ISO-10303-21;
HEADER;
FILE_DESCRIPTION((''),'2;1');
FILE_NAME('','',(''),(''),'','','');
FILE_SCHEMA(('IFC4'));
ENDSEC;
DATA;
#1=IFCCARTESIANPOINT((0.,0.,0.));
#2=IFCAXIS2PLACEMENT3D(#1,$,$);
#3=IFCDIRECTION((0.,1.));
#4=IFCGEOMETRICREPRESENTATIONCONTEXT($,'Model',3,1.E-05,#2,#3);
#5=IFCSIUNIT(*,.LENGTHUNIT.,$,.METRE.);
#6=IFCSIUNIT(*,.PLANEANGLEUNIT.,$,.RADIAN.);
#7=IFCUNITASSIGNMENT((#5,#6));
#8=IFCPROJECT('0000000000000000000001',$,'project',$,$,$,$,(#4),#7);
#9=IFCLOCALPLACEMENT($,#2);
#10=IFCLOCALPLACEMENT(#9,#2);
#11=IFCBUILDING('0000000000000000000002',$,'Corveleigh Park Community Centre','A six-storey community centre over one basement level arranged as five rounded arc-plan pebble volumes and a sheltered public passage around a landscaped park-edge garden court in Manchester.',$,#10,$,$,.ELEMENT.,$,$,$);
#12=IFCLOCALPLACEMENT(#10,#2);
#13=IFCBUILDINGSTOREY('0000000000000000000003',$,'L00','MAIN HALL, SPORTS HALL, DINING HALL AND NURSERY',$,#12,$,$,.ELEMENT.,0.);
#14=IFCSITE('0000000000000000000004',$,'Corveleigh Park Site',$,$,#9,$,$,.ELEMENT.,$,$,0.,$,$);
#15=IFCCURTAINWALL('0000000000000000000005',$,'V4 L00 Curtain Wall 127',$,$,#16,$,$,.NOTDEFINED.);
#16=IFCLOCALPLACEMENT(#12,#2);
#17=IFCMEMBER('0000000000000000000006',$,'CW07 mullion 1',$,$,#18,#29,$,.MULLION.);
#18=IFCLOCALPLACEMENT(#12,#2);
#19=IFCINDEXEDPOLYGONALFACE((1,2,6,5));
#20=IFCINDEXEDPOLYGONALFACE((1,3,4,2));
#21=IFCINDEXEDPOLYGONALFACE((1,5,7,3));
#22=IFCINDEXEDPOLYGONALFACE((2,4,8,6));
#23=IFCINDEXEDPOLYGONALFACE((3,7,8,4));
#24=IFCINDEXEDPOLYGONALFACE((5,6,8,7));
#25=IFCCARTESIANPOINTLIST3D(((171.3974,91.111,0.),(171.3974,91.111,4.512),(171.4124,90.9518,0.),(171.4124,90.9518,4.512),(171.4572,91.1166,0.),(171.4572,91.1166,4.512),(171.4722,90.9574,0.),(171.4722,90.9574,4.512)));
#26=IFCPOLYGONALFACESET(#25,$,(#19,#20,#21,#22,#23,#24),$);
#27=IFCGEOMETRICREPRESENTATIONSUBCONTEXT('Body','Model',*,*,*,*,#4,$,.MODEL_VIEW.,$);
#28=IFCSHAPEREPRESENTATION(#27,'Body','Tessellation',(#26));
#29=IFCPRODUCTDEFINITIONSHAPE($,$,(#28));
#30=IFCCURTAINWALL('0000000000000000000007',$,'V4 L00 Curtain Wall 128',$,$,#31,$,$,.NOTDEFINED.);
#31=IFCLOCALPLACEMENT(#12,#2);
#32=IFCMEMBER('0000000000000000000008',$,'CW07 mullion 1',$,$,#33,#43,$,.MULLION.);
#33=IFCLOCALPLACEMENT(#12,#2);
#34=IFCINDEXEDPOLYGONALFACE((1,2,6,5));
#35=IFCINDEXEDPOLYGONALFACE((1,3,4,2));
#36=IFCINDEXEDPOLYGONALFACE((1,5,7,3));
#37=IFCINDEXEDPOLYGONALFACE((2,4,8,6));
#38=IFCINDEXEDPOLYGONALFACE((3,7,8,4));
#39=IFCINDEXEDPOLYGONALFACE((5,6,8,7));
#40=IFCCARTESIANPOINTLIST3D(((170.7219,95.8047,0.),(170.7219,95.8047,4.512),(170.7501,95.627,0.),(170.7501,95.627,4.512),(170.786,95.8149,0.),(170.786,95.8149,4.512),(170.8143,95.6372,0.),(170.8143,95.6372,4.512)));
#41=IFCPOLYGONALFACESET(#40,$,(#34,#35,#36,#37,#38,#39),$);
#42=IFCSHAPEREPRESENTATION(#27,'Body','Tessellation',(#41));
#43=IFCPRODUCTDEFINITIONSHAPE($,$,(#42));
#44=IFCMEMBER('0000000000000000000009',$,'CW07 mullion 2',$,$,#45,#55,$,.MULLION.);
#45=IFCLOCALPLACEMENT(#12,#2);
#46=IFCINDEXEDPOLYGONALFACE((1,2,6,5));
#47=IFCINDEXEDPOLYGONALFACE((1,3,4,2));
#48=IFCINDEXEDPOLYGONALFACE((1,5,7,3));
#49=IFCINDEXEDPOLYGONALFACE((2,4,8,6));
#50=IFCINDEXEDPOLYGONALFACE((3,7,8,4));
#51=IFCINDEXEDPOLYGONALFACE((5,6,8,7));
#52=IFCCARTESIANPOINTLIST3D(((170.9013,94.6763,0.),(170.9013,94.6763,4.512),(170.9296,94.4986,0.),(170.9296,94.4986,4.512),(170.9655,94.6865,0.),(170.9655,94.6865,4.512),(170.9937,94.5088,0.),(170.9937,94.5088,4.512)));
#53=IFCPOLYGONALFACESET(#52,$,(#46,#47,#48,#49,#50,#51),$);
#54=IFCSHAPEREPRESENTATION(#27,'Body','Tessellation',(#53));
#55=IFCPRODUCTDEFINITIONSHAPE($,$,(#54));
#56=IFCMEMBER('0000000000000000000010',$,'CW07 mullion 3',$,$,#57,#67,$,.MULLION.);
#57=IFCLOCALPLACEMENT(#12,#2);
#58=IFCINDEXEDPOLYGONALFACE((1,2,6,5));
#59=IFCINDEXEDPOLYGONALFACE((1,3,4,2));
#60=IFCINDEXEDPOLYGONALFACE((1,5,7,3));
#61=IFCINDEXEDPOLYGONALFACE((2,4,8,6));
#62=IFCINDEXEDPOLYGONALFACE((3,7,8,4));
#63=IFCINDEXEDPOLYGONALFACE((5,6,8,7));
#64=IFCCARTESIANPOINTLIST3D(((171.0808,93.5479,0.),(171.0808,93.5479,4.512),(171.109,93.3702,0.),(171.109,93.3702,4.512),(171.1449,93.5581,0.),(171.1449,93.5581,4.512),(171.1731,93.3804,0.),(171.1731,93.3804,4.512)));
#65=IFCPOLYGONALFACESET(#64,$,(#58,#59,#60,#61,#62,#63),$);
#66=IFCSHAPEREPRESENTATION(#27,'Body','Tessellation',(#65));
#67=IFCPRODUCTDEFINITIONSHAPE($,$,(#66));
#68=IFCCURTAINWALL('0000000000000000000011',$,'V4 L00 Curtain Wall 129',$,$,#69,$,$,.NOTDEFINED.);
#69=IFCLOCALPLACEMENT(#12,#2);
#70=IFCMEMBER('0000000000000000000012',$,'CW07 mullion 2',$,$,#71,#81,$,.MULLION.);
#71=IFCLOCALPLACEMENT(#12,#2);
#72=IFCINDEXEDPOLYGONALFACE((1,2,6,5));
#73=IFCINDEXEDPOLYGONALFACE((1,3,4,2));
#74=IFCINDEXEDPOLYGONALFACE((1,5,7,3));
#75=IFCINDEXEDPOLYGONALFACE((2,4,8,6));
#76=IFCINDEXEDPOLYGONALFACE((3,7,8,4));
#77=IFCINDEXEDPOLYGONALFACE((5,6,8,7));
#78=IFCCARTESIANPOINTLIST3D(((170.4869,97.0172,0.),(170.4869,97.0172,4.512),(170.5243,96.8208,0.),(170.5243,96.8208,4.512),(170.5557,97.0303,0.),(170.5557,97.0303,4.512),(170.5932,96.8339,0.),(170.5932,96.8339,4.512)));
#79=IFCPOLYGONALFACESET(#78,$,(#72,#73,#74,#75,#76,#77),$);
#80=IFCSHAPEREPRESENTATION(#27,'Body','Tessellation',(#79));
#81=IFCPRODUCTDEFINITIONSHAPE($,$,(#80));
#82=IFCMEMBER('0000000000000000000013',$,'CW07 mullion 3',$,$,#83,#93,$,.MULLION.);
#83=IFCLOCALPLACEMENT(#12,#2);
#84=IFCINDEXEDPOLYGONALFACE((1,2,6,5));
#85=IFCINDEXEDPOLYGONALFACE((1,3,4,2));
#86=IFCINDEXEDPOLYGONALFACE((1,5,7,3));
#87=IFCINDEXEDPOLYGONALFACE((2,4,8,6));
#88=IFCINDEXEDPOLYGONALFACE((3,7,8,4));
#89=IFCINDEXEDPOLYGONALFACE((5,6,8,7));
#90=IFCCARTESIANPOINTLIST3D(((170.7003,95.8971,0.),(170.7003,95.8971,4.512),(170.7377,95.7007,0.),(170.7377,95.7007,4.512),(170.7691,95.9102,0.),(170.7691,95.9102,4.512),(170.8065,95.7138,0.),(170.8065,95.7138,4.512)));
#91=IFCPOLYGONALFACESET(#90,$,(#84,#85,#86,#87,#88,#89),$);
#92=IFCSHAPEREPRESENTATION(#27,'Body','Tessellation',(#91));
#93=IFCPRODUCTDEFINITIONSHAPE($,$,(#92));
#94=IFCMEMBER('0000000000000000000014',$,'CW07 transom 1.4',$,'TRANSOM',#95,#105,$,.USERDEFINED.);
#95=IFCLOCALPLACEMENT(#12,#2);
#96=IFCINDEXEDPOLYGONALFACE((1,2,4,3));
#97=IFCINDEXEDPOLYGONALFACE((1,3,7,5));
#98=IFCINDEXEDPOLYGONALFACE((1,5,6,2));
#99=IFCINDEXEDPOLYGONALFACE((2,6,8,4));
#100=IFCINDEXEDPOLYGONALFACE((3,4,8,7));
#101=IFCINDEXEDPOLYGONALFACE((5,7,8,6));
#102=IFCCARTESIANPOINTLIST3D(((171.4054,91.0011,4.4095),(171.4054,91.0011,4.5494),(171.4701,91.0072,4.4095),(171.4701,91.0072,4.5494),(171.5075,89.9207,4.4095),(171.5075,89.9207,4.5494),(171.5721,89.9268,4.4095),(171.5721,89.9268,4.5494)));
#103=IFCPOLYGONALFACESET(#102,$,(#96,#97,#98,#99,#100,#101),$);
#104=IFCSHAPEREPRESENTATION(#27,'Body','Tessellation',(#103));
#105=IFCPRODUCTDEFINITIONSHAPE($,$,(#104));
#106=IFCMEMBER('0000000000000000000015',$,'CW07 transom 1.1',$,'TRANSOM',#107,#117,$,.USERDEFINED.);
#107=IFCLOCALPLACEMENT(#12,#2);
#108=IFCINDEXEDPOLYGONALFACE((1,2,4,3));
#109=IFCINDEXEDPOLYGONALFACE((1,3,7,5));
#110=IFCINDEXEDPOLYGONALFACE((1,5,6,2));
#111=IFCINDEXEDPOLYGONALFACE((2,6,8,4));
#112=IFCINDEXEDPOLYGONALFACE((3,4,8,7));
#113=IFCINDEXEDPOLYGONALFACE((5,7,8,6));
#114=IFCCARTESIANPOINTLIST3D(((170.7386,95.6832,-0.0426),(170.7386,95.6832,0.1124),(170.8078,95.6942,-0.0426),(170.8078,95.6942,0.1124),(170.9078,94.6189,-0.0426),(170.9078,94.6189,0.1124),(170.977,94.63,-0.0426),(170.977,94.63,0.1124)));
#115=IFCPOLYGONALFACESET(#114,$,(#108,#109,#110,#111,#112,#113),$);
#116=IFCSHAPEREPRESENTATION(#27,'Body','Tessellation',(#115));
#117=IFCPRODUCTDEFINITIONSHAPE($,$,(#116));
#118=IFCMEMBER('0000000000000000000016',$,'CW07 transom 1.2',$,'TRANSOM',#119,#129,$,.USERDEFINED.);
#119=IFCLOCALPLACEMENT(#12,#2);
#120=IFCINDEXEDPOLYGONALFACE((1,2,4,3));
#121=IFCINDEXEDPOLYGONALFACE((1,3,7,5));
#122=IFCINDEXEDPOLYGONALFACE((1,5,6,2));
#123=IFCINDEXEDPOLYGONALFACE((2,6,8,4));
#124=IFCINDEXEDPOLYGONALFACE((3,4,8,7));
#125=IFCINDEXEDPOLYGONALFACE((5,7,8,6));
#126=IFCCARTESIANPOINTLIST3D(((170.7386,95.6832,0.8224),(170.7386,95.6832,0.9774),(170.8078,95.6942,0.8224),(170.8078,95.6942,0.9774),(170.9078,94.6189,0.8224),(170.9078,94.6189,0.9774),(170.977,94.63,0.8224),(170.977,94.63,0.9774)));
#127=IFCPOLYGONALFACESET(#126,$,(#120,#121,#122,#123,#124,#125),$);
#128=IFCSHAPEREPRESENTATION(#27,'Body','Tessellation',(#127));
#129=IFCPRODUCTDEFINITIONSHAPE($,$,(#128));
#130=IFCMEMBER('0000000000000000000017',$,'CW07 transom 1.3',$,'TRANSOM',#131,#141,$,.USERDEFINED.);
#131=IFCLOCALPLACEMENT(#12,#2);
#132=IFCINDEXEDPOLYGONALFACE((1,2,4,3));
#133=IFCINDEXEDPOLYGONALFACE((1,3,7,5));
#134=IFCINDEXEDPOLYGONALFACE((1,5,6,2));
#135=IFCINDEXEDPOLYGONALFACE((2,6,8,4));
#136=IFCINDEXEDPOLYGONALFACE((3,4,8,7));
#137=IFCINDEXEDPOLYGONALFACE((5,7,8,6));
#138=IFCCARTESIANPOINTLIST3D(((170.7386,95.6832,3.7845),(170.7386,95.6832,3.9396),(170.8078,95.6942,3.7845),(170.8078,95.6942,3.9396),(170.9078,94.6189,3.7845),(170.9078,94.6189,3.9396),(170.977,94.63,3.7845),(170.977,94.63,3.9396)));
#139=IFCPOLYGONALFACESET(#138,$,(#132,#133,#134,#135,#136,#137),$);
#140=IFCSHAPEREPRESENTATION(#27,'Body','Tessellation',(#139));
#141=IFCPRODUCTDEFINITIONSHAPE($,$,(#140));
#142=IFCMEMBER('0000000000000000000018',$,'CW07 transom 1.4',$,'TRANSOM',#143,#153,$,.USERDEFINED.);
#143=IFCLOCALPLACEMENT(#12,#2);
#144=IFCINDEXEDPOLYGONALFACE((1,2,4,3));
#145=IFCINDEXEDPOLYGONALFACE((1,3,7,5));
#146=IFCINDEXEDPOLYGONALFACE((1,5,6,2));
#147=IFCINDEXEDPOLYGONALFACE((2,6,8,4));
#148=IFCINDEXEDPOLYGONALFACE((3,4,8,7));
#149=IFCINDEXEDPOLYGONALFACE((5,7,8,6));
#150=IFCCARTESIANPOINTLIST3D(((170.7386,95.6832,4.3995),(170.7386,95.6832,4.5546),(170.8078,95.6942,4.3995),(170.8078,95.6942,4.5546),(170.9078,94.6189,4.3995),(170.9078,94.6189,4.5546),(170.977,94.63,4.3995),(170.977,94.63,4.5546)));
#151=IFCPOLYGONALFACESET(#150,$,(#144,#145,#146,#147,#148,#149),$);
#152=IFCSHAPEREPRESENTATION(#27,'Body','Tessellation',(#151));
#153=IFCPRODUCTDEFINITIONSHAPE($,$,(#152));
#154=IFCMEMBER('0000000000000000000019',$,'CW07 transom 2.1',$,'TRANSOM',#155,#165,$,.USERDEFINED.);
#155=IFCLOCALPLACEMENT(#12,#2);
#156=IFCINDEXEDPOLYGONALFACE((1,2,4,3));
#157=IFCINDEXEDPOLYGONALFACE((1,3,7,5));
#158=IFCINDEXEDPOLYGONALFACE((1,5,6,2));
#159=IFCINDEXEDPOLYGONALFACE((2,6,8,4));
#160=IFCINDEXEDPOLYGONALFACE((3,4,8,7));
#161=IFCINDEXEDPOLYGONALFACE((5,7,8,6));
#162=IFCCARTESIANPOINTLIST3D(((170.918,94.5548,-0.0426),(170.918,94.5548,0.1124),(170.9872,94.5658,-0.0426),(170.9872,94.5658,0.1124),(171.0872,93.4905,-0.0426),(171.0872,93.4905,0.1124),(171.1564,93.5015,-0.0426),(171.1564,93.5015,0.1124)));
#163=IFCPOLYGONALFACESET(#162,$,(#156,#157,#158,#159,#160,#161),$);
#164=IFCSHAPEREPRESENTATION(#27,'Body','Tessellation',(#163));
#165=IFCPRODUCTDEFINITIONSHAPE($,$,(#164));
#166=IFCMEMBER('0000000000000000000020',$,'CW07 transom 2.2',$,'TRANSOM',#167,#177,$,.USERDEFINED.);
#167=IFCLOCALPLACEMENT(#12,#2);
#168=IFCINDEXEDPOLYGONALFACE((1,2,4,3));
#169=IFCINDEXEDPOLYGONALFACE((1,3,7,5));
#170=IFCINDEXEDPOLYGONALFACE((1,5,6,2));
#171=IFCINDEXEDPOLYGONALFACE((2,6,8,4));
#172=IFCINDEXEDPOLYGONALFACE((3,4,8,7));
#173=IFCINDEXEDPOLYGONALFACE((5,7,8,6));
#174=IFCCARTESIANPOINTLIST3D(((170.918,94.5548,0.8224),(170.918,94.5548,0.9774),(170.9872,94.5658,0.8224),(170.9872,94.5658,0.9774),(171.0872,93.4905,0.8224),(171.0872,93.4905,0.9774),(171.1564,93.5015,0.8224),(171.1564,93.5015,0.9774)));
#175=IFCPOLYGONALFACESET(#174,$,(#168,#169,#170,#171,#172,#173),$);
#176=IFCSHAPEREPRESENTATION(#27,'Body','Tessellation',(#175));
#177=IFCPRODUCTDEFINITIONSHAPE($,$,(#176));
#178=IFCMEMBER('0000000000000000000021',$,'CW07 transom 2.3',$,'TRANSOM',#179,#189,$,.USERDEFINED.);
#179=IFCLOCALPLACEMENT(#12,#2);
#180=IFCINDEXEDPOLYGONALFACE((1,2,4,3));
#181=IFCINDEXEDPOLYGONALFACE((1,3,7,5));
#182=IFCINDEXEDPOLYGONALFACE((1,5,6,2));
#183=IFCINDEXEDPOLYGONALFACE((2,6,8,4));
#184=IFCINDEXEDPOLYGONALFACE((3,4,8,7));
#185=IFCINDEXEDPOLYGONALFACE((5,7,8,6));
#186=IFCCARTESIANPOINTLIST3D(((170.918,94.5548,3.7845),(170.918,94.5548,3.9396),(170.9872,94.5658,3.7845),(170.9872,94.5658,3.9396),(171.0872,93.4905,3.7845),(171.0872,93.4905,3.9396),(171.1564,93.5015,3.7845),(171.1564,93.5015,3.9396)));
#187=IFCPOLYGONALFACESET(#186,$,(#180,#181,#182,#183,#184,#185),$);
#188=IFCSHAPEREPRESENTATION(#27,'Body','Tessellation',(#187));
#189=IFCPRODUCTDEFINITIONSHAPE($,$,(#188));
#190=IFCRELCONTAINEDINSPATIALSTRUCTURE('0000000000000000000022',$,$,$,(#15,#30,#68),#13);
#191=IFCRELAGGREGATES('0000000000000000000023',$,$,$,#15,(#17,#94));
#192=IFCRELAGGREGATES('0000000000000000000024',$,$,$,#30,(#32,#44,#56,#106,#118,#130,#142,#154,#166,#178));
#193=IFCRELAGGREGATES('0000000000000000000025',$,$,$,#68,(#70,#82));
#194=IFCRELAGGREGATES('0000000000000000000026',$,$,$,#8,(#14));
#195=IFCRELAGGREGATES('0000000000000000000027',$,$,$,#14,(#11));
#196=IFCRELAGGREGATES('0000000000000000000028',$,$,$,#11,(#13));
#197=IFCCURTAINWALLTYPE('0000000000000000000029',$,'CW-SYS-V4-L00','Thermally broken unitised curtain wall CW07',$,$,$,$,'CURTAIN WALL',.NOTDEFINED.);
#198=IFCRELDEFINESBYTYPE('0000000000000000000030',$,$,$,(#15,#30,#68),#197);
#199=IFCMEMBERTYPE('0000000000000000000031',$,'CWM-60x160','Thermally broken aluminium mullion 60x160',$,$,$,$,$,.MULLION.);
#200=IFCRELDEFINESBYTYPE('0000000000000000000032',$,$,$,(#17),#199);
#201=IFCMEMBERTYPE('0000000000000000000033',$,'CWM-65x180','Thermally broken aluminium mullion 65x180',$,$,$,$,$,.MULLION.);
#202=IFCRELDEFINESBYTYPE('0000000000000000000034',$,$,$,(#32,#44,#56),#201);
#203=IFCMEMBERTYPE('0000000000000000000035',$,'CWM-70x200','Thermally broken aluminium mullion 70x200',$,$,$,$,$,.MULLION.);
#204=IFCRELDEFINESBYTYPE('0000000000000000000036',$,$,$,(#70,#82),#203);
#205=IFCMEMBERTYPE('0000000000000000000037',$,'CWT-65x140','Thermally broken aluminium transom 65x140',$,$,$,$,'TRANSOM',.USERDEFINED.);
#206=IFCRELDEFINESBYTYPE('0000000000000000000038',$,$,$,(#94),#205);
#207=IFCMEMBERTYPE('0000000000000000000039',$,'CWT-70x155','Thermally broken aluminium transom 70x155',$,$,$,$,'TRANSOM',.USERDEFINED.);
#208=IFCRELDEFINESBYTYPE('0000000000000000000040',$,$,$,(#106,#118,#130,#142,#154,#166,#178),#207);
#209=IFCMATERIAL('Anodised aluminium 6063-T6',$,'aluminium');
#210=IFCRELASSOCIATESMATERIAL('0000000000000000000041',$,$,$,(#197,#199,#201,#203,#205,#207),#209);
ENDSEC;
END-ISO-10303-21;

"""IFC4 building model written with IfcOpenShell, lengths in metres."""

from ifc_helpers import new_model, si_unit, direction, frame, origin, origin_2d, place, context, subcontext, project, spatial, rectangle, extrude, material, material_profile, profile_set, type_object, element, aggregate, save


model = new_model("IFC4")

# Units and contexts
model_context = context("Model", 3, precision=1e-05, world=origin(), true_north=direction((0.0, 1.0)))
body_context = subcontext(model_context, "Body", "Model", "MODEL_VIEW")
ifc_project = project(units=[si_unit("LENGTHUNIT", "METRE"), si_unit("PLANEANGLEUNIT", "RADIAN")], contexts=[model_context])

# Site, building, storey
site_placement = place(None, origin())
site = spatial("IfcSite", under=ifc_project, at=site_placement, Name="Corveleigh Park Site", CompositionType="ELEMENT", RefElevation=0.0)
building_placement = place(site_placement, origin())
building = spatial("IfcBuilding", under=site, at=building_placement, Name="Corveleigh Park Community Centre", Description="A six-storey community centre over one basement level arranged as five rounded arc-plan pebble volumes and a sheltered public passage around a landscaped park-edge garden court in Manchester.", CompositionType="ELEMENT")
storey_placement = place(building_placement, origin())
storey = spatial("IfcBuildingStorey", under=building, at=storey_placement, Name="L00", Description="MAIN HALL, SPORTS HALL, DINING HALL AND NURSERY", CompositionType="ELEMENT", Elevation=0.0)

# Curtain wall, member
ifc_material_1 = material(Name="Anodised aluminium 6063-T6", Category="aluminium")
curtain_wall_type = type_object("IfcCurtainWallType", Name="CW-SYS-V4-L00", Description="Thermally broken unitised curtain wall CW07", ElementType="CURTAIN WALL", PredefinedType="NOTDEFINED", material=ifc_material_1)
curtain_wall_1_placement = place(storey_placement, origin())
curtain_wall_1 = element("IfcCurtainWall", 1, at=curtain_wall_1_placement, inside=storey, type_object=curtain_wall_type, Name="V4 L00 Curtain Wall 127", PredefinedType="NOTDEFINED")
ifc_material_profile_1 = material_profile(ifc_material_1, rectangle(XDim=0.0601, YDim=0.1599, at=origin_2d()), Name="ALU-M60x160", Category="aluminium")
ifc_profile_set_1 = profile_set([ifc_material_profile_1], Name="Anodised aluminium 6063-T6")
member_type_1 = type_object("IfcMemberType", Name="CWM-60x160", Description="Thermally broken aluminium mullion 60x160", PredefinedType="MULLION", material=ifc_profile_set_1)
member_1_placement = place(storey_placement, frame((171.4348, 91.0342, 0.0), z_axis=(0.0, 0.0, 1.0), x_axis=(0.99557, 0.094026, 0.0)))
member_1 = element("IfcMember", 2, at=member_1_placement, type_object=member_type_1, Name="CW07 mullion 1", PredefinedType="MULLION", context=body_context, shape_type="SweptSolid", body=[
    extrude(rectangle(XDim=0.0601, YDim=0.1599, at=origin_2d()), origin(), (0.0, 0.0, 1.0), 4.512),
])

# Curtain walls, members
curtain_wall_2_placement = place(storey_placement, origin())
curtain_wall_2 = element("IfcCurtainWall", 3, at=curtain_wall_2_placement, inside=storey, type_object=curtain_wall_type, Name="V4 L00 Curtain Wall 128", PredefinedType="NOTDEFINED")
ifc_material_profile_2 = material_profile(ifc_material_1, rectangle(XDim=0.0649, YDim=0.1799, at=origin_2d()), Name="ALU-M65x180", Category="aluminium")
ifc_profile_set_2 = profile_set([ifc_material_profile_2], Name="Anodised aluminium 6063-T6")
member_type_2 = type_object("IfcMemberType", Name="CWM-65x180", Description="Thermally broken aluminium mullion 65x180", PredefinedType="MULLION", material=ifc_profile_set_2)
member_2_placement = place(storey_placement, frame((170.7681, 95.7209, 0.0), z_axis=(0.0, 0.0, 1.0), x_axis=(0.987597, 0.157011, 0.0)))
member_2 = element("IfcMember", 4, at=member_2_placement, type_object=member_type_2, Name="CW07 mullion 1", PredefinedType="MULLION", context=body_context, shape_type="SweptSolid", body=[
    extrude(rectangle(XDim=0.0649, YDim=0.1799, at=origin_2d()), origin(), (0.0, 0.0, 1.0), 4.512),
])
member_3_placement = place(storey_placement, frame((170.9475, 94.5925, 0.0), z_axis=(0.0, 0.0, 1.0), x_axis=(0.987597, 0.157011, 0.0)))
member_3 = element("IfcMember", 5, at=member_3_placement, type_object=member_type_2, Name="CW07 mullion 2", PredefinedType="MULLION", context=body_context, shape_type="SweptSolid", body=[
    extrude(rectangle(XDim=0.0649, YDim=0.1799, at=origin_2d()), origin(), (0.0, 0.0, 1.0), 4.512),
])
member_4_placement = place(storey_placement, frame((171.127, 93.4641, 0.0), z_axis=(0.0, 0.0, 1.0), x_axis=(0.987597, 0.157011, 0.0)))
member_4 = element("IfcMember", 6, at=member_4_placement, type_object=member_type_2, Name="CW07 mullion 3", PredefinedType="MULLION", context=body_context, shape_type="SweptSolid", body=[
    extrude(rectangle(XDim=0.0649, YDim=0.1799, at=origin_2d()), origin(), (0.0, 0.0, 1.0), 4.512),
])
curtain_wall_3_placement = place(storey_placement, origin())
curtain_wall_3 = element("IfcCurtainWall", 7, at=curtain_wall_3_placement, inside=storey, type_object=curtain_wall_type, Name="V4 L00 Curtain Wall 129", PredefinedType="NOTDEFINED")
ifc_material_profile_3 = material_profile(ifc_material_1, rectangle(XDim=0.0701, YDim=0.2, at=origin_2d()), Name="ALU-M70x200", Category="aluminium")
ifc_profile_set_3 = profile_set([ifc_material_profile_3], Name="Anodised aluminium 6063-T6")
member_type_3 = type_object("IfcMemberType", Name="CWM-70x200", Description="Thermally broken aluminium mullion 70x200", PredefinedType="MULLION", material=ifc_profile_set_3)
member_5_placement = place(storey_placement, frame((170.54, 96.9255, 0.0), z_axis=(0.0, 0.0, 1.0), x_axis=(0.982324, 0.18719, 0.0)))
member_5 = element("IfcMember", 8, at=member_5_placement, type_object=member_type_3, Name="CW07 mullion 2", PredefinedType="MULLION", context=body_context, shape_type="SweptSolid", body=[
    extrude(rectangle(XDim=0.0701, YDim=0.2, at=origin_2d()), origin(), (0.0, 0.0, 1.0), 4.512),
])
member_6_placement = place(storey_placement, frame((170.7534, 95.8054, 0.0), z_axis=(0.0, 0.0, 1.0), x_axis=(0.982324, 0.18719, 0.0)))
member_6 = element("IfcMember", 9, at=member_6_placement, type_object=member_type_3, Name="CW07 mullion 3", PredefinedType="MULLION", context=body_context, shape_type="SweptSolid", body=[
    extrude(rectangle(XDim=0.0701, YDim=0.2, at=origin_2d()), origin(), (0.0, 0.0, 1.0), 4.512),
])

# Members
ifc_material_profile_4 = material_profile(ifc_material_1, rectangle(XDim=0.0649, YDim=0.1399, at=origin_2d()), Name="ALU-T65x140", Category="aluminium")
ifc_profile_set_4 = profile_set([ifc_material_profile_4], Name="Anodised aluminium 6063-T6")
member_type_4 = type_object("IfcMemberType", Name="CWT-65x140", Description="Thermally broken aluminium transom 65x140", ElementType="TRANSOM", PredefinedType="USERDEFINED", material=ifc_profile_set_4)
member_7_placement = place(storey_placement, frame((171.4377, 91.0042, 4.4795), z_axis=(0.094045, -0.995568, 0.0), x_axis=(0.995568, 0.094045, 0.0)))
member_7 = element("IfcMember", 10, at=member_7_placement, type_object=member_type_4, Name="CW07 transom 1.4", ObjectType="TRANSOM", PredefinedType="USERDEFINED", context=body_context, shape_type="SweptSolid", body=[
    extrude(rectangle(XDim=0.0649, YDim=0.1399, at=origin_2d()), origin(), (0.0, 0.0, 1.0), 1.0852),
])
aggregate(curtain_wall_1, [member_1, member_7])
ifc_material_profile_5 = material_profile(ifc_material_1, rectangle(XDim=0.0701, YDim=0.155, at=origin_2d()), Name="ALU-T70x155", Category="aluminium")
ifc_profile_set_5 = profile_set([ifc_material_profile_5], Name="Anodised aluminium 6063-T6")
member_type_5 = type_object("IfcMemberType", Name="CWT-70x155", Description="Thermally broken aluminium transom 70x155", ElementType="TRANSOM", PredefinedType="USERDEFINED", material=ifc_profile_set_5)
member_8_placement = place(storey_placement, frame((170.7732, 95.6887, 0.0349), z_axis=(0.15701, -0.987597, 0.0), x_axis=(0.987597, 0.15701, 0.0)))
member_8 = element("IfcMember", 11, at=member_8_placement, type_object=member_type_5, Name="CW07 transom 1.1", ObjectType="TRANSOM", PredefinedType="USERDEFINED", context=body_context, shape_type="SweptSolid", body=[
    extrude(rectangle(XDim=0.0701, YDim=0.155, at=origin_2d()), origin(), (0.0, 0.0, 1.0), 1.0776),
])
member_9_placement = place(storey_placement, frame((170.7732, 95.6887, 0.8999), z_axis=(0.15701, -0.987597, 0.0), x_axis=(0.987597, 0.15701, 0.0)))
member_9 = element("IfcMember", 12, at=member_9_placement, type_object=member_type_5, Name="CW07 transom 1.2", ObjectType="TRANSOM", PredefinedType="USERDEFINED", context=body_context, shape_type="SweptSolid", body=[
    extrude(rectangle(XDim=0.0701, YDim=0.155, at=origin_2d()), origin(), (0.0, 0.0, 1.0), 1.0776),
])
member_10_placement = place(storey_placement, frame((170.7732, 95.6887, 3.8621), z_axis=(0.15701, -0.987597, 0.0), x_axis=(0.987597, 0.15701, 0.0)))
member_10 = element("IfcMember", 13, at=member_10_placement, type_object=member_type_5, Name="CW07 transom 1.3", ObjectType="TRANSOM", PredefinedType="USERDEFINED", context=body_context, shape_type="SweptSolid", body=[
    extrude(rectangle(XDim=0.0701, YDim=0.155, at=origin_2d()), origin(), (0.0, 0.0, 1.0), 1.0776),
])
member_11_placement = place(storey_placement, frame((170.7732, 95.6887, 4.4771), z_axis=(0.15701, -0.987597, 0.0), x_axis=(0.987597, 0.15701, 0.0)))
member_11 = element("IfcMember", 14, at=member_11_placement, type_object=member_type_5, Name="CW07 transom 1.4", ObjectType="TRANSOM", PredefinedType="USERDEFINED", context=body_context, shape_type="SweptSolid", body=[
    extrude(rectangle(XDim=0.0701, YDim=0.155, at=origin_2d()), origin(), (0.0, 0.0, 1.0), 1.0776),
])
member_12_placement = place(storey_placement, frame((170.9526, 94.5603, 0.0349), z_axis=(0.15701, -0.987597, 0.0), x_axis=(0.987597, 0.15701, 0.0)))
member_12 = element("IfcMember", 15, at=member_12_placement, type_object=member_type_5, Name="CW07 transom 2.1", ObjectType="TRANSOM", PredefinedType="USERDEFINED", context=body_context, shape_type="SweptSolid", body=[
    extrude(rectangle(XDim=0.0701, YDim=0.155, at=origin_2d()), origin(), (0.0, 0.0, 1.0), 1.0776),
])
member_13_placement = place(storey_placement, frame((170.9526, 94.5603, 0.8999), z_axis=(0.15701, -0.987597, 0.0), x_axis=(0.987597, 0.15701, 0.0)))
member_13 = element("IfcMember", 16, at=member_13_placement, type_object=member_type_5, Name="CW07 transom 2.2", ObjectType="TRANSOM", PredefinedType="USERDEFINED", context=body_context, shape_type="SweptSolid", body=[
    extrude(rectangle(XDim=0.0701, YDim=0.155, at=origin_2d()), origin(), (0.0, 0.0, 1.0), 1.0776),
])
member_14_placement = place(storey_placement, frame((170.9526, 94.5603, 3.8621), z_axis=(0.15701, -0.987597, 0.0), x_axis=(0.987597, 0.15701, 0.0)))
member_14 = element("IfcMember", 17, at=member_14_placement, type_object=member_type_5, Name="CW07 transom 2.3", ObjectType="TRANSOM", PredefinedType="USERDEFINED", context=body_context, shape_type="SweptSolid", body=[
    extrude(rectangle(XDim=0.0701, YDim=0.155, at=origin_2d()), origin(), (0.0, 0.0, 1.0), 1.0776),
])

aggregate(curtain_wall_2, [member_2, member_3, member_4, member_8, member_9, member_10, member_11, member_12, member_13, member_14])
aggregate(curtain_wall_3, [member_5, member_6])

save(model, "model.ifc")
